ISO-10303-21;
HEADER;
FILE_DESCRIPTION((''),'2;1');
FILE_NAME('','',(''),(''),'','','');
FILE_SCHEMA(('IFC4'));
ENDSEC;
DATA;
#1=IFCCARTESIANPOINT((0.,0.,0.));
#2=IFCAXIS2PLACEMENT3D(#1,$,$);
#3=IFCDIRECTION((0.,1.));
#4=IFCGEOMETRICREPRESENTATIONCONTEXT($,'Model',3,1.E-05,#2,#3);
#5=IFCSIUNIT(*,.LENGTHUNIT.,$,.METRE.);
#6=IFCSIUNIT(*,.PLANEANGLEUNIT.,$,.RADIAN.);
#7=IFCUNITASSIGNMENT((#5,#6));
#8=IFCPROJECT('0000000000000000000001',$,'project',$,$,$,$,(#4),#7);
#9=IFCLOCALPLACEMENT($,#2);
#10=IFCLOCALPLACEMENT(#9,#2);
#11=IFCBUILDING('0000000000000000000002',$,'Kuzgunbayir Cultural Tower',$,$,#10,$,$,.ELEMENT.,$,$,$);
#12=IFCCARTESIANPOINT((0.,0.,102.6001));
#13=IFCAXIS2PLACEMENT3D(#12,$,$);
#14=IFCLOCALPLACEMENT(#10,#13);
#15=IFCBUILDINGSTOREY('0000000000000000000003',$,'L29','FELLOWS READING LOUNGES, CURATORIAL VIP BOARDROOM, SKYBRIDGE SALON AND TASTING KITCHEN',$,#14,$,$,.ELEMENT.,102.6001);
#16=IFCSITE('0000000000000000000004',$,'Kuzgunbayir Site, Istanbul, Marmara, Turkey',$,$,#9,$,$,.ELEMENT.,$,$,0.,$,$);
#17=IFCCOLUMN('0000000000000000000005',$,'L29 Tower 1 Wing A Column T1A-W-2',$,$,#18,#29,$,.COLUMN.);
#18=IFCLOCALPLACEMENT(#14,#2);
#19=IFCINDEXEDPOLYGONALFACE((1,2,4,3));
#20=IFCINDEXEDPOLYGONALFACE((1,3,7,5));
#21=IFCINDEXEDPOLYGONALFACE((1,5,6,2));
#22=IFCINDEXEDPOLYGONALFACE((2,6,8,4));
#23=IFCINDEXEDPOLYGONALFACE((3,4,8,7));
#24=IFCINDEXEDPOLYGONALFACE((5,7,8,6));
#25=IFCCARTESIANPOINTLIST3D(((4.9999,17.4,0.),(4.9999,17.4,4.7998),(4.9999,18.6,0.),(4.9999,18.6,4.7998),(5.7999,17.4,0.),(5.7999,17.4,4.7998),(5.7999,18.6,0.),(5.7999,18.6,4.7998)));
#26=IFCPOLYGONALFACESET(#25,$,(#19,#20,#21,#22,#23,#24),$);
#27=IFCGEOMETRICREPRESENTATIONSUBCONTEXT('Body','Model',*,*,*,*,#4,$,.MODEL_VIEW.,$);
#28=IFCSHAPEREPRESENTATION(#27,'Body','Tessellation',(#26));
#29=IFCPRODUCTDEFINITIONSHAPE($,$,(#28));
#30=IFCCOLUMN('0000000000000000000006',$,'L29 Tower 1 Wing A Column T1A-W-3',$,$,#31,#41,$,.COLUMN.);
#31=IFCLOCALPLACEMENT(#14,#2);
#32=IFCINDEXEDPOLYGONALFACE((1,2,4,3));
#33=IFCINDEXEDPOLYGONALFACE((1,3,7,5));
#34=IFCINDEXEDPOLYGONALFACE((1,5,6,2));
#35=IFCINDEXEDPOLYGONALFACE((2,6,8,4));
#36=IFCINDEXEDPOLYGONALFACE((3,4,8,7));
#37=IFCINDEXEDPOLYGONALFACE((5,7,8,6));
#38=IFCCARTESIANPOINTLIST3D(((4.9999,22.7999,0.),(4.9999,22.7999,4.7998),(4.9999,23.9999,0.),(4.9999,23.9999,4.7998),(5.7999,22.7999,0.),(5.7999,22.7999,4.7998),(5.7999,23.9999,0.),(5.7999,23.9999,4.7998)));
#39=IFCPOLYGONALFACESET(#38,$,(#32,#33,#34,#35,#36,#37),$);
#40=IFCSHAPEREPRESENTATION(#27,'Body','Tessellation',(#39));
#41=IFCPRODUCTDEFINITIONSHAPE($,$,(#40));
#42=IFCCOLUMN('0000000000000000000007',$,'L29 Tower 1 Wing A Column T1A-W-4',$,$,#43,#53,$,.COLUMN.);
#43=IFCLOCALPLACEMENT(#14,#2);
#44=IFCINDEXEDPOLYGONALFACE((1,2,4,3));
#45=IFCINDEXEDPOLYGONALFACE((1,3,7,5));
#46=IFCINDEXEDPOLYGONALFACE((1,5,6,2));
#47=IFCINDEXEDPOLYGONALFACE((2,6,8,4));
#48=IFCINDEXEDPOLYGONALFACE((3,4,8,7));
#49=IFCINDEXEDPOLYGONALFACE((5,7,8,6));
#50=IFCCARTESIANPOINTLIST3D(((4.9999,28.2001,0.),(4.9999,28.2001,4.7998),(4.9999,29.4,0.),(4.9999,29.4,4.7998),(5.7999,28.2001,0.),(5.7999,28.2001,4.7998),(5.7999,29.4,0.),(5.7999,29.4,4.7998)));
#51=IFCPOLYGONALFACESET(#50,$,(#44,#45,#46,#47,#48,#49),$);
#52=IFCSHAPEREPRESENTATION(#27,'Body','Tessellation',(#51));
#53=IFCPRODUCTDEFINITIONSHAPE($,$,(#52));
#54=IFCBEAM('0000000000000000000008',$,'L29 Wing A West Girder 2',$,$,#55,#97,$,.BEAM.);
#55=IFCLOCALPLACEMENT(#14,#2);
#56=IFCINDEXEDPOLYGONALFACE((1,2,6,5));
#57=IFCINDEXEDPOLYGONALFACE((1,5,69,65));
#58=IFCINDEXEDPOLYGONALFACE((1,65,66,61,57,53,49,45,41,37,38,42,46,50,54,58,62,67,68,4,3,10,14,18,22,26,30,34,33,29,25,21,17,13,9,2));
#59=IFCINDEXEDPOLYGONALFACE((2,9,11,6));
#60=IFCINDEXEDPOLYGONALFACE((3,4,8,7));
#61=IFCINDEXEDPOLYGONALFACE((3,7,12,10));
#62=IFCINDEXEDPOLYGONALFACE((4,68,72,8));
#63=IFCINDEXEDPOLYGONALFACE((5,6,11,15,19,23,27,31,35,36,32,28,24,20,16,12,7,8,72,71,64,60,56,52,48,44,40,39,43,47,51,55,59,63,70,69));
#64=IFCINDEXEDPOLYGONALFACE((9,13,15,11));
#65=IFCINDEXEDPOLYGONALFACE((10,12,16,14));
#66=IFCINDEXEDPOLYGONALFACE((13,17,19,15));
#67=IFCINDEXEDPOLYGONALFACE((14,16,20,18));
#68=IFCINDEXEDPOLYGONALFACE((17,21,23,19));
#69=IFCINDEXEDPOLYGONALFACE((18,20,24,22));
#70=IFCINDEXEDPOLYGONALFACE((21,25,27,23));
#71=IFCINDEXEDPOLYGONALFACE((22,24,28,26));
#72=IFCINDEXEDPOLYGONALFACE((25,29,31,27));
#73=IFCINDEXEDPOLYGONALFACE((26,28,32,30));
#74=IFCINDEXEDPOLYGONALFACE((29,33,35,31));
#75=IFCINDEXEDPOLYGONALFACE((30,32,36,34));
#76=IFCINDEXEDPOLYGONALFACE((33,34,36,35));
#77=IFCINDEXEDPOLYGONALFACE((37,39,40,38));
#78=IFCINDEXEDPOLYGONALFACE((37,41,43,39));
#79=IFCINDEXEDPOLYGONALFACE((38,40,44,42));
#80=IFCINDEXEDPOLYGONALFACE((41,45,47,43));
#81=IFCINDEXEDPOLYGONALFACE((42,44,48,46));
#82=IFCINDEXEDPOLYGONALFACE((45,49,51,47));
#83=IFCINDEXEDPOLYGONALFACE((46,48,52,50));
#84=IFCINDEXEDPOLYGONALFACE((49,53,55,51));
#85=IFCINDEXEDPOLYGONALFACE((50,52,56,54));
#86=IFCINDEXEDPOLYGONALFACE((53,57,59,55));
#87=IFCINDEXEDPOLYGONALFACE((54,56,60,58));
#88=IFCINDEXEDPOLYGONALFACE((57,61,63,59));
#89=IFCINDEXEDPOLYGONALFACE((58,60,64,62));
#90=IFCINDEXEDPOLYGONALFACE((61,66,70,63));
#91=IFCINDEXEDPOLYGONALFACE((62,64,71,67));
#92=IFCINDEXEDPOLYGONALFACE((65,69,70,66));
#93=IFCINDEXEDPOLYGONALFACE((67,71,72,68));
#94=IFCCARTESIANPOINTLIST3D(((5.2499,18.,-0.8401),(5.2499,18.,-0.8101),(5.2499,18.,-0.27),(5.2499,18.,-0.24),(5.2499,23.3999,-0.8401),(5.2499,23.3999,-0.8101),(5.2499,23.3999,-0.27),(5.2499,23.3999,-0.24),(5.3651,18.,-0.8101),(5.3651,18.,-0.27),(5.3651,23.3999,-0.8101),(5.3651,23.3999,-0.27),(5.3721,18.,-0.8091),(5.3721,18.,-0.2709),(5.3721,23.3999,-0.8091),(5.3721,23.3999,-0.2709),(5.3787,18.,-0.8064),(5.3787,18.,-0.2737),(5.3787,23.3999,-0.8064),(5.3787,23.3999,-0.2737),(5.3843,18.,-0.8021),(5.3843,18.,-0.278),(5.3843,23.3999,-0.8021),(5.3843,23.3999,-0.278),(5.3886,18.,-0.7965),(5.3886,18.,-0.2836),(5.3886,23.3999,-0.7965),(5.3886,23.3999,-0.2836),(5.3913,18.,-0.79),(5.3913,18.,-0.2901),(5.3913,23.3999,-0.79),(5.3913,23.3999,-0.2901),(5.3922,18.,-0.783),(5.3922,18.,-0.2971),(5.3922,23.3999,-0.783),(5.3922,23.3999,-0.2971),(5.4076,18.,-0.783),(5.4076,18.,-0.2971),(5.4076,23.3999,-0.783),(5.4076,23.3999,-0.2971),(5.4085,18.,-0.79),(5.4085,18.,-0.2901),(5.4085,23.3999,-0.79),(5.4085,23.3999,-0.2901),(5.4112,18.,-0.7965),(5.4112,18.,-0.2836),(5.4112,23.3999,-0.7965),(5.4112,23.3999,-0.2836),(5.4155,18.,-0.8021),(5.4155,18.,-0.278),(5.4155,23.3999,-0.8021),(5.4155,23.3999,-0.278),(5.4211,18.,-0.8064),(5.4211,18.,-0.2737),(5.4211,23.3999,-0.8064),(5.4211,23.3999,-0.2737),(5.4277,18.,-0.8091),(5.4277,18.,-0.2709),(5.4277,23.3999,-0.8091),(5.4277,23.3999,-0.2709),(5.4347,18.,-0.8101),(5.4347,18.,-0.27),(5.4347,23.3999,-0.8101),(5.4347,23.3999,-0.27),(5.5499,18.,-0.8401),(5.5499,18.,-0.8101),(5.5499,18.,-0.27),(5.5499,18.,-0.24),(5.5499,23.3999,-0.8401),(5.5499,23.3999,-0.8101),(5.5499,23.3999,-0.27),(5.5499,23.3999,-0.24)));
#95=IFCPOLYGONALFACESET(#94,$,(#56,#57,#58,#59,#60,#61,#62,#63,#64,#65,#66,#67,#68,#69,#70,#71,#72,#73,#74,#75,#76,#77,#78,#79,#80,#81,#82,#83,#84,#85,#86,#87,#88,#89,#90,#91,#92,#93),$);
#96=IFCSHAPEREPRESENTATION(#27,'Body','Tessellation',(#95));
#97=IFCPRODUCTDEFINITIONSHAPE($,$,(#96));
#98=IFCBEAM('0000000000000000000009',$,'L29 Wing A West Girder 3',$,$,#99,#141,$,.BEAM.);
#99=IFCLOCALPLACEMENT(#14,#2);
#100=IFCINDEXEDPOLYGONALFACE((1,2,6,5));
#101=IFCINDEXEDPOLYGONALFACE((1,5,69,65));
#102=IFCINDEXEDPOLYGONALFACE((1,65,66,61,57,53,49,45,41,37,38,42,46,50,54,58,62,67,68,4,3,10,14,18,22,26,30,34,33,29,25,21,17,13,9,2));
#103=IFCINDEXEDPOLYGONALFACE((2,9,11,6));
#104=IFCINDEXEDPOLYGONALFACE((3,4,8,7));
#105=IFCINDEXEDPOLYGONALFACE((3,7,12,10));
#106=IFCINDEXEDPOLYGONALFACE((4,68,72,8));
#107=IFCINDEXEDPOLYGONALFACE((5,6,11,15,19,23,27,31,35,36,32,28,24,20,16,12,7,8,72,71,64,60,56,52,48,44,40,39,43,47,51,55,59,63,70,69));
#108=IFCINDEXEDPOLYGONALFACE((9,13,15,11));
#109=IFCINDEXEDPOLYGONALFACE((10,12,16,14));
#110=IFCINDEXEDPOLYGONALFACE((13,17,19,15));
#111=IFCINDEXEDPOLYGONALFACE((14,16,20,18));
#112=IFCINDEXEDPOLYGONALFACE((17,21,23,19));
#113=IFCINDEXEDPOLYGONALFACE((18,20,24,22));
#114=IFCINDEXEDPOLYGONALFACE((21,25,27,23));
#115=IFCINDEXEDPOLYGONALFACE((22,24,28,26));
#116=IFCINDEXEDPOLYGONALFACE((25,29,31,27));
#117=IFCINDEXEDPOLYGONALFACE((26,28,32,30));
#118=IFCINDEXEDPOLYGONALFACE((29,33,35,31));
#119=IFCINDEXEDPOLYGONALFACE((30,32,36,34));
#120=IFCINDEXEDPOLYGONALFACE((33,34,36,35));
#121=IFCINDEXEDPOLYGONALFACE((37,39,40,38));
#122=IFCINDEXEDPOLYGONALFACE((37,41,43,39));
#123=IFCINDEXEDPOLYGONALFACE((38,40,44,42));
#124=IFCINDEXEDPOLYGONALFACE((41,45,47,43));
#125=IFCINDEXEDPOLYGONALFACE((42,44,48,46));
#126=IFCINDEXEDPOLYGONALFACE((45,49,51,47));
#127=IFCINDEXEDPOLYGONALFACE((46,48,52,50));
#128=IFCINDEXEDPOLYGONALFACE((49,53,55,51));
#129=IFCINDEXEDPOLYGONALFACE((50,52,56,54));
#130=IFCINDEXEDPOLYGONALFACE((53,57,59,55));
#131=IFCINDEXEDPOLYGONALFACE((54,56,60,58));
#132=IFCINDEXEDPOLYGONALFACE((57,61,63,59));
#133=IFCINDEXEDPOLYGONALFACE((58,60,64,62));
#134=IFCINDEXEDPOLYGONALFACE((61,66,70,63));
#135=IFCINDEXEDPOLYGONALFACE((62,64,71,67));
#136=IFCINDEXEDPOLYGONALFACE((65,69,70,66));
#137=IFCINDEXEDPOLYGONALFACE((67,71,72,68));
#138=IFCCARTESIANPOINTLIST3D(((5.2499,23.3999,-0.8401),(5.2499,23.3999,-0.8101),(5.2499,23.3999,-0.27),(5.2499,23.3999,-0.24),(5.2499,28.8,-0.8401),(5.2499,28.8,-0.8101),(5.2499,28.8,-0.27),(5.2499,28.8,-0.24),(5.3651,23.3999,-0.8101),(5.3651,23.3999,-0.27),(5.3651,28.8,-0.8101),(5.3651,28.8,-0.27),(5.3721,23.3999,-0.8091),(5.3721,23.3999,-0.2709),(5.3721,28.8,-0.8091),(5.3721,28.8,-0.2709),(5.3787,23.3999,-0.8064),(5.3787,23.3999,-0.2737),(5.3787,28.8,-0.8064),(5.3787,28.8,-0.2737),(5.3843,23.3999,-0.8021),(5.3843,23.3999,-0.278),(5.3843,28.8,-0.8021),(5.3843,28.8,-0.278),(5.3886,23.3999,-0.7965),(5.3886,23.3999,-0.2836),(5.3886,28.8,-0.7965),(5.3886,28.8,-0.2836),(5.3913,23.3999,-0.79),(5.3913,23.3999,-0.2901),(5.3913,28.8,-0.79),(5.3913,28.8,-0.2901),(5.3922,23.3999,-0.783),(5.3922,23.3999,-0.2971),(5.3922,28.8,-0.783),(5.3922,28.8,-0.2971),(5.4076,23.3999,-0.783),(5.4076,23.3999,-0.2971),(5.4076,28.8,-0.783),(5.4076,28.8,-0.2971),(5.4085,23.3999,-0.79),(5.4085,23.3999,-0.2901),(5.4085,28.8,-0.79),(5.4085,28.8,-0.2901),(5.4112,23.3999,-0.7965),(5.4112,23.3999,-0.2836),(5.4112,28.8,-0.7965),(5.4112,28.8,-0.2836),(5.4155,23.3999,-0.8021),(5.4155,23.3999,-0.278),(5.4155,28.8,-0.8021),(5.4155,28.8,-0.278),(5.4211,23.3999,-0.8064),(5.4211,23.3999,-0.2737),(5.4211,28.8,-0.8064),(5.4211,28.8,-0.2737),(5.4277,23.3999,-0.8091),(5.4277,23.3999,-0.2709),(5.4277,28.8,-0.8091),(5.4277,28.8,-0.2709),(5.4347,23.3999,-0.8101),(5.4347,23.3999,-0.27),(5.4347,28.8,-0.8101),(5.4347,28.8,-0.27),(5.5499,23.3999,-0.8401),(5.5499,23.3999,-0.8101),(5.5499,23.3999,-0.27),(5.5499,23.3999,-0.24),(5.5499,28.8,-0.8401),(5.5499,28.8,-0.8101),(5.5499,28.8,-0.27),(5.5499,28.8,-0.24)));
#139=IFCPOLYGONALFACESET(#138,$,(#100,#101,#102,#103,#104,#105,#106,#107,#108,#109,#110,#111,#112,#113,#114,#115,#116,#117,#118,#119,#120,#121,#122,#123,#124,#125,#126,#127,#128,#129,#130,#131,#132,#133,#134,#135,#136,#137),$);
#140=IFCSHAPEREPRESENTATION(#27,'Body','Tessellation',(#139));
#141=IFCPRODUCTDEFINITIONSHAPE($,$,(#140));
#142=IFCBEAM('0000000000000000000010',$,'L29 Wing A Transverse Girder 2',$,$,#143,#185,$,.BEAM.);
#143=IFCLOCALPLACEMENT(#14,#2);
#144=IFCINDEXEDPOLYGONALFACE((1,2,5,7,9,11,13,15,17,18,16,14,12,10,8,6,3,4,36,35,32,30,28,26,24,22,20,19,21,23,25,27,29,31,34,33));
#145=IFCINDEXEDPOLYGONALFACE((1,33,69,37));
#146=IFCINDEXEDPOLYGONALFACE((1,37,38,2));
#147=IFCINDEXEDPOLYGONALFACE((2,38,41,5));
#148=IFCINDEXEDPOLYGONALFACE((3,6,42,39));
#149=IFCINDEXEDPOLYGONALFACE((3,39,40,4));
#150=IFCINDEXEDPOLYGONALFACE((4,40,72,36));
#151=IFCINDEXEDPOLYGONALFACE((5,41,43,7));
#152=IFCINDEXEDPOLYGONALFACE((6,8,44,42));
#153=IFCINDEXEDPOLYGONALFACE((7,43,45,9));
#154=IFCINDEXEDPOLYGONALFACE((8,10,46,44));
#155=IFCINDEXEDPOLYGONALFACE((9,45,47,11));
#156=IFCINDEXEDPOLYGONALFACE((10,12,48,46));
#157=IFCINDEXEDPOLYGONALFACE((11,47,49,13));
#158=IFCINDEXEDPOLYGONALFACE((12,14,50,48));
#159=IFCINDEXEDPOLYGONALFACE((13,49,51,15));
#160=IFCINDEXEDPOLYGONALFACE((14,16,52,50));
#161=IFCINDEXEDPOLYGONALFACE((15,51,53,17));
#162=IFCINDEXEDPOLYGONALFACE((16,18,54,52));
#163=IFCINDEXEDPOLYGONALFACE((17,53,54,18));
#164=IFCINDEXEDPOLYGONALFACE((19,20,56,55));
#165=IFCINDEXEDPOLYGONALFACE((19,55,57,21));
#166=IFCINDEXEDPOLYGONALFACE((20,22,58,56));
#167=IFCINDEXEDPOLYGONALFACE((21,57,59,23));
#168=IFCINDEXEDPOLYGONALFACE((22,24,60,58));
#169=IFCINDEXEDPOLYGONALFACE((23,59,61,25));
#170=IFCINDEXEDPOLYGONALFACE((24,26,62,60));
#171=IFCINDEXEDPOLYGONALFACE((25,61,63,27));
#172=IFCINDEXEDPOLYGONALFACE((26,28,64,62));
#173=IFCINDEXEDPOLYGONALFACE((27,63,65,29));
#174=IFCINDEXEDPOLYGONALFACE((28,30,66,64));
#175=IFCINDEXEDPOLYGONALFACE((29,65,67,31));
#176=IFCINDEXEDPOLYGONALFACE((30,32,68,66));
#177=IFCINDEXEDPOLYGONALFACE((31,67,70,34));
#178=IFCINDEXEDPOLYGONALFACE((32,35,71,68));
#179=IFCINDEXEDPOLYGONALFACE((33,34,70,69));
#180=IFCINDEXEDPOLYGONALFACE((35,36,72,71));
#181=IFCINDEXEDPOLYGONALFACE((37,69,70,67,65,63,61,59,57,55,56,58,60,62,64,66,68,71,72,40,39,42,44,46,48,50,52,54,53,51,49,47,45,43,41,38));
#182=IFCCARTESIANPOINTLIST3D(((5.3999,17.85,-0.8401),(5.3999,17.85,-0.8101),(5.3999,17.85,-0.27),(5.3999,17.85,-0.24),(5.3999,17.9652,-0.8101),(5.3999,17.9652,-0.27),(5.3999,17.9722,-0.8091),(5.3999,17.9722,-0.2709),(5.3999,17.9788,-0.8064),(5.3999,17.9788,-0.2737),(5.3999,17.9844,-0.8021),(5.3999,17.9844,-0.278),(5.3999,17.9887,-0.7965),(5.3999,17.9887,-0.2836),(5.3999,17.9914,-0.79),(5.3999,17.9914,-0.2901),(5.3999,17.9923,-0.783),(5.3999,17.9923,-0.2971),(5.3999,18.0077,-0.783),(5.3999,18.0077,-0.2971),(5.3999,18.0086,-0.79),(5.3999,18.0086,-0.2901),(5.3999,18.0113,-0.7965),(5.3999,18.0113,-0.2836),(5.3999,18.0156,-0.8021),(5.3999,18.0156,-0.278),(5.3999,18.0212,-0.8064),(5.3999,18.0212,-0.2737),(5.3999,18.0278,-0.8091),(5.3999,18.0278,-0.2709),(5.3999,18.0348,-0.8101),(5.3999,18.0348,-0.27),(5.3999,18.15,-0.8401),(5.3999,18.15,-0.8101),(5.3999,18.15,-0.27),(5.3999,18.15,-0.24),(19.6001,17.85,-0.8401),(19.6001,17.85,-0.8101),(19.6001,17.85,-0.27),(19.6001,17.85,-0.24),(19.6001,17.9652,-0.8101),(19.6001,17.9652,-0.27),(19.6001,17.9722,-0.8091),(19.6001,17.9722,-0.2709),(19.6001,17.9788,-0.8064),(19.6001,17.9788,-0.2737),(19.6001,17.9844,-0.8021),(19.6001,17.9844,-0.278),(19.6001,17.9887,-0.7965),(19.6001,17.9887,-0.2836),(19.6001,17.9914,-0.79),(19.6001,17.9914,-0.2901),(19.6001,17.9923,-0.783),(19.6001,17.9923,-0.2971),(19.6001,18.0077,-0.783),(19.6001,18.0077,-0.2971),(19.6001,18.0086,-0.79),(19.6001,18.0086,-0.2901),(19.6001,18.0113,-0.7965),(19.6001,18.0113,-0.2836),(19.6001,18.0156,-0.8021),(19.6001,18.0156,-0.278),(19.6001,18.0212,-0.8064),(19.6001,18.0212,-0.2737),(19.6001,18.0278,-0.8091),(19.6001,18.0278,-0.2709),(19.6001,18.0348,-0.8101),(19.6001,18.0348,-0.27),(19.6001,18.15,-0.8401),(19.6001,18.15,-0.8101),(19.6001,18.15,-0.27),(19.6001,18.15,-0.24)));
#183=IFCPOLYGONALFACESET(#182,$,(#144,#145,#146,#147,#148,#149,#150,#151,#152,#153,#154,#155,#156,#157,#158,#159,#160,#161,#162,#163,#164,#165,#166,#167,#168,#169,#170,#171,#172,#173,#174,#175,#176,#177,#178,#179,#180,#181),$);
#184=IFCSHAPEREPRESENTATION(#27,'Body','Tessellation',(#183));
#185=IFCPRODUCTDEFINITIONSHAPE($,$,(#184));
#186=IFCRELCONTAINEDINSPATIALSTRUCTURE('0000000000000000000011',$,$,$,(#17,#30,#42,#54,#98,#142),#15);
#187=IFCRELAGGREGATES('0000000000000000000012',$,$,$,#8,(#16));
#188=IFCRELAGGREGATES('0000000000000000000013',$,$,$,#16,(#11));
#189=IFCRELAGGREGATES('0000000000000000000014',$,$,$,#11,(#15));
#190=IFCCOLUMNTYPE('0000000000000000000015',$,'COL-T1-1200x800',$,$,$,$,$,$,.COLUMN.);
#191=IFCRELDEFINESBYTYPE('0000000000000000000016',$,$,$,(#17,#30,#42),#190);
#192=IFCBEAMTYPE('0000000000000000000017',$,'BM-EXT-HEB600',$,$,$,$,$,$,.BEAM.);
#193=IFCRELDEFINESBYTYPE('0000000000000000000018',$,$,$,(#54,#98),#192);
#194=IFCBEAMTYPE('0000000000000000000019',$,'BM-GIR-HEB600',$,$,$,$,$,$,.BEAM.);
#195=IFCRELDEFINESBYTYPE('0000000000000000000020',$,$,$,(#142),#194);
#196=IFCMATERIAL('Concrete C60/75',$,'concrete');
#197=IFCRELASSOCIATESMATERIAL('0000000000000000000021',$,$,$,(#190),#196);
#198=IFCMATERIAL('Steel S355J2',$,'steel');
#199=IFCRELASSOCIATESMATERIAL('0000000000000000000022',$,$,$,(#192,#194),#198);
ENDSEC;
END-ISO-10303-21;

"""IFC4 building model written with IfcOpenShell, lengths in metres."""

from ifc_helpers import new_model, si_unit, direction, frame, origin, origin_2d, place, context, subcontext, project, spatial, rectangle, i_section, extrude, material, material_profile, profile_set, type_object, element, save


model = new_model("IFC4")

# Units and contexts
model_context = context("Model", 3, precision=1e-05, world=origin(), true_north=direction((0.0, 1.0)))
body_context = subcontext(model_context, "Body", "Model", "MODEL_VIEW")
ifc_project = project(units=[si_unit("LENGTHUNIT", "METRE"), si_unit("PLANEANGLEUNIT", "RADIAN")], contexts=[model_context])

# Site, building, storey
site_placement = place(None, origin())
site = spatial("IfcSite", under=ifc_project, at=site_placement, Name="Kuzgunbayir Site, Istanbul, Marmara, Turkey", CompositionType="ELEMENT", RefElevation=0.0)
building_placement = place(site_placement, origin())
building = spatial("IfcBuilding", under=site, at=building_placement, Name="Kuzgunbayir Cultural Tower", CompositionType="ELEMENT")
storey_placement = place(building_placement, frame((0.0, 0.0, 102.6001)))
storey = spatial("IfcBuildingStorey", under=building, at=storey_placement, Name="L29", Description="FELLOWS READING LOUNGES, CURATORIAL VIP BOARDROOM, SKYBRIDGE SALON AND TASTING KITCHEN", CompositionType="ELEMENT", Elevation=102.6001)

# Columns
ifc_material_1 = material(Name="Concrete C60/75", Category="concrete")
ifc_material_profile_1 = material_profile(ifc_material_1, rectangle(XDim=0.8, YDim=1.2, at=origin_2d()), Name="RC 1200x800")
ifc_profile_set_1 = profile_set([ifc_material_profile_1], Name="Concrete C60/75")
column_type = type_object("IfcColumnType", Name="COL-T1-1200x800", PredefinedType="COLUMN", material=ifc_profile_set_1)
for number, where, z_axis, x_axis, name in (
    (1, (5.3999, 18.0, 0.0), (0.0, 0.0, 1.0), (1.0, 0.0, 0.0), "L29 Tower 1 Wing A Column T1A-W-2"),
    (2, (5.3999, 23.3999, 0.0), (0.0, 0.0, 1.0), (1.0, 0.0, 0.0), "L29 Tower 1 Wing A Column T1A-W-3"),
    (3, (5.3999, 28.8, 0.0), (0.0, 0.0, 1.0), (1.0, 0.0, 0.0), "L29 Tower 1 Wing A Column T1A-W-4"),
):
    element("IfcColumn", number, at=place(storey_placement, frame(where, z_axis=z_axis, x_axis=x_axis)), inside=storey, type_object=column_type, Name=name, PredefinedType="COLUMN", context=body_context, shape_type="SweptSolid", body=[
        extrude(rectangle(XDim=0.8, YDim=1.2, at=origin_2d()), origin(), (0.0, 0.0, 1.0), 4.7998),
    ])

# Beams
ifc_material_2 = material(Name="Steel S355J2", Category="steel")
ifc_material_profile_2 = material_profile(ifc_material_2, i_section(OverallWidth=0.3, OverallDepth=0.6001, WebThickness=0.0154, FlangeThickness=0.03, FilletRadius=0.0271, at=origin_2d()), Name="HEB 600")
ifc_profile_set_2 = profile_set([ifc_material_profile_2], Name="Steel S355J2")
beam_type_1 = type_object("IfcBeamType", Name="BM-EXT-HEB600", PredefinedType="BEAM", material=ifc_profile_set_2)
beam_1_placement = place(storey_placement, frame((5.3999, 18.0, -0.54), z_axis=(0.0, 1.0, 0.0), x_axis=(-1.0, 0.0, 0.0)))
element("IfcBeam", 4, at=beam_1_placement, inside=storey, type_object=beam_type_1, Name="L29 Wing A West Girder 2", PredefinedType="BEAM", context=body_context, shape_type="SweptSolid", body=[
    extrude(i_section(OverallWidth=0.3, OverallDepth=0.6001, WebThickness=0.0154, FlangeThickness=0.03, FilletRadius=0.0271, at=origin_2d()), origin(), (0.0, 0.0, 1.0), 5.3999),
])
beam_2_placement = place(storey_placement, frame((5.3999, 23.3999, -0.54), z_axis=(0.0, 1.0, 0.0), x_axis=(-1.0, 0.0, 0.0)))
element("IfcBeam", 5, at=beam_2_placement, inside=storey, type_object=beam_type_1, Name="L29 Wing A West Girder 3", PredefinedType="BEAM", context=body_context, shape_type="SweptSolid", body=[
    extrude(i_section(OverallWidth=0.3, OverallDepth=0.6001, WebThickness=0.0154, FlangeThickness=0.03, FilletRadius=0.0271, at=origin_2d()), origin(), (0.0, 0.0, 1.0), 5.4001),
])
ifc_material_profile_3 = material_profile(ifc_material_2, i_section(OverallWidth=0.3, OverallDepth=0.6001, WebThickness=0.0154, FlangeThickness=0.03, FilletRadius=0.0271, at=origin_2d()), Name="HEB 600")
ifc_profile_set_3 = profile_set([ifc_material_profile_3], Name="Steel S355J2")
beam_type_2 = type_object("IfcBeamType", Name="BM-GIR-HEB600", PredefinedType="BEAM", material=ifc_profile_set_3)
for number, where, z_axis, x_axis, name in (
    (6, (5.3999, 18.0, -0.54), (1.0, 0.0, 0.0), (0.0, 1.0, 0.0), "L29 Wing A Transverse Girder 2"),
):
    element("IfcBeam", number, at=place(storey_placement, frame(where, z_axis=z_axis, x_axis=x_axis)), inside=storey, type_object=beam_type_2, Name=name, PredefinedType="BEAM", context=body_context, shape_type="SweptSolid", body=[
        extrude(i_section(OverallWidth=0.3, OverallDepth=0.6001, WebThickness=0.0154, FlangeThickness=0.03, FilletRadius=0.0271, at=origin_2d()), origin(), (0.0, 0.0, 1.0), 14.2002),
    ])

save(model, "model.ifc")
